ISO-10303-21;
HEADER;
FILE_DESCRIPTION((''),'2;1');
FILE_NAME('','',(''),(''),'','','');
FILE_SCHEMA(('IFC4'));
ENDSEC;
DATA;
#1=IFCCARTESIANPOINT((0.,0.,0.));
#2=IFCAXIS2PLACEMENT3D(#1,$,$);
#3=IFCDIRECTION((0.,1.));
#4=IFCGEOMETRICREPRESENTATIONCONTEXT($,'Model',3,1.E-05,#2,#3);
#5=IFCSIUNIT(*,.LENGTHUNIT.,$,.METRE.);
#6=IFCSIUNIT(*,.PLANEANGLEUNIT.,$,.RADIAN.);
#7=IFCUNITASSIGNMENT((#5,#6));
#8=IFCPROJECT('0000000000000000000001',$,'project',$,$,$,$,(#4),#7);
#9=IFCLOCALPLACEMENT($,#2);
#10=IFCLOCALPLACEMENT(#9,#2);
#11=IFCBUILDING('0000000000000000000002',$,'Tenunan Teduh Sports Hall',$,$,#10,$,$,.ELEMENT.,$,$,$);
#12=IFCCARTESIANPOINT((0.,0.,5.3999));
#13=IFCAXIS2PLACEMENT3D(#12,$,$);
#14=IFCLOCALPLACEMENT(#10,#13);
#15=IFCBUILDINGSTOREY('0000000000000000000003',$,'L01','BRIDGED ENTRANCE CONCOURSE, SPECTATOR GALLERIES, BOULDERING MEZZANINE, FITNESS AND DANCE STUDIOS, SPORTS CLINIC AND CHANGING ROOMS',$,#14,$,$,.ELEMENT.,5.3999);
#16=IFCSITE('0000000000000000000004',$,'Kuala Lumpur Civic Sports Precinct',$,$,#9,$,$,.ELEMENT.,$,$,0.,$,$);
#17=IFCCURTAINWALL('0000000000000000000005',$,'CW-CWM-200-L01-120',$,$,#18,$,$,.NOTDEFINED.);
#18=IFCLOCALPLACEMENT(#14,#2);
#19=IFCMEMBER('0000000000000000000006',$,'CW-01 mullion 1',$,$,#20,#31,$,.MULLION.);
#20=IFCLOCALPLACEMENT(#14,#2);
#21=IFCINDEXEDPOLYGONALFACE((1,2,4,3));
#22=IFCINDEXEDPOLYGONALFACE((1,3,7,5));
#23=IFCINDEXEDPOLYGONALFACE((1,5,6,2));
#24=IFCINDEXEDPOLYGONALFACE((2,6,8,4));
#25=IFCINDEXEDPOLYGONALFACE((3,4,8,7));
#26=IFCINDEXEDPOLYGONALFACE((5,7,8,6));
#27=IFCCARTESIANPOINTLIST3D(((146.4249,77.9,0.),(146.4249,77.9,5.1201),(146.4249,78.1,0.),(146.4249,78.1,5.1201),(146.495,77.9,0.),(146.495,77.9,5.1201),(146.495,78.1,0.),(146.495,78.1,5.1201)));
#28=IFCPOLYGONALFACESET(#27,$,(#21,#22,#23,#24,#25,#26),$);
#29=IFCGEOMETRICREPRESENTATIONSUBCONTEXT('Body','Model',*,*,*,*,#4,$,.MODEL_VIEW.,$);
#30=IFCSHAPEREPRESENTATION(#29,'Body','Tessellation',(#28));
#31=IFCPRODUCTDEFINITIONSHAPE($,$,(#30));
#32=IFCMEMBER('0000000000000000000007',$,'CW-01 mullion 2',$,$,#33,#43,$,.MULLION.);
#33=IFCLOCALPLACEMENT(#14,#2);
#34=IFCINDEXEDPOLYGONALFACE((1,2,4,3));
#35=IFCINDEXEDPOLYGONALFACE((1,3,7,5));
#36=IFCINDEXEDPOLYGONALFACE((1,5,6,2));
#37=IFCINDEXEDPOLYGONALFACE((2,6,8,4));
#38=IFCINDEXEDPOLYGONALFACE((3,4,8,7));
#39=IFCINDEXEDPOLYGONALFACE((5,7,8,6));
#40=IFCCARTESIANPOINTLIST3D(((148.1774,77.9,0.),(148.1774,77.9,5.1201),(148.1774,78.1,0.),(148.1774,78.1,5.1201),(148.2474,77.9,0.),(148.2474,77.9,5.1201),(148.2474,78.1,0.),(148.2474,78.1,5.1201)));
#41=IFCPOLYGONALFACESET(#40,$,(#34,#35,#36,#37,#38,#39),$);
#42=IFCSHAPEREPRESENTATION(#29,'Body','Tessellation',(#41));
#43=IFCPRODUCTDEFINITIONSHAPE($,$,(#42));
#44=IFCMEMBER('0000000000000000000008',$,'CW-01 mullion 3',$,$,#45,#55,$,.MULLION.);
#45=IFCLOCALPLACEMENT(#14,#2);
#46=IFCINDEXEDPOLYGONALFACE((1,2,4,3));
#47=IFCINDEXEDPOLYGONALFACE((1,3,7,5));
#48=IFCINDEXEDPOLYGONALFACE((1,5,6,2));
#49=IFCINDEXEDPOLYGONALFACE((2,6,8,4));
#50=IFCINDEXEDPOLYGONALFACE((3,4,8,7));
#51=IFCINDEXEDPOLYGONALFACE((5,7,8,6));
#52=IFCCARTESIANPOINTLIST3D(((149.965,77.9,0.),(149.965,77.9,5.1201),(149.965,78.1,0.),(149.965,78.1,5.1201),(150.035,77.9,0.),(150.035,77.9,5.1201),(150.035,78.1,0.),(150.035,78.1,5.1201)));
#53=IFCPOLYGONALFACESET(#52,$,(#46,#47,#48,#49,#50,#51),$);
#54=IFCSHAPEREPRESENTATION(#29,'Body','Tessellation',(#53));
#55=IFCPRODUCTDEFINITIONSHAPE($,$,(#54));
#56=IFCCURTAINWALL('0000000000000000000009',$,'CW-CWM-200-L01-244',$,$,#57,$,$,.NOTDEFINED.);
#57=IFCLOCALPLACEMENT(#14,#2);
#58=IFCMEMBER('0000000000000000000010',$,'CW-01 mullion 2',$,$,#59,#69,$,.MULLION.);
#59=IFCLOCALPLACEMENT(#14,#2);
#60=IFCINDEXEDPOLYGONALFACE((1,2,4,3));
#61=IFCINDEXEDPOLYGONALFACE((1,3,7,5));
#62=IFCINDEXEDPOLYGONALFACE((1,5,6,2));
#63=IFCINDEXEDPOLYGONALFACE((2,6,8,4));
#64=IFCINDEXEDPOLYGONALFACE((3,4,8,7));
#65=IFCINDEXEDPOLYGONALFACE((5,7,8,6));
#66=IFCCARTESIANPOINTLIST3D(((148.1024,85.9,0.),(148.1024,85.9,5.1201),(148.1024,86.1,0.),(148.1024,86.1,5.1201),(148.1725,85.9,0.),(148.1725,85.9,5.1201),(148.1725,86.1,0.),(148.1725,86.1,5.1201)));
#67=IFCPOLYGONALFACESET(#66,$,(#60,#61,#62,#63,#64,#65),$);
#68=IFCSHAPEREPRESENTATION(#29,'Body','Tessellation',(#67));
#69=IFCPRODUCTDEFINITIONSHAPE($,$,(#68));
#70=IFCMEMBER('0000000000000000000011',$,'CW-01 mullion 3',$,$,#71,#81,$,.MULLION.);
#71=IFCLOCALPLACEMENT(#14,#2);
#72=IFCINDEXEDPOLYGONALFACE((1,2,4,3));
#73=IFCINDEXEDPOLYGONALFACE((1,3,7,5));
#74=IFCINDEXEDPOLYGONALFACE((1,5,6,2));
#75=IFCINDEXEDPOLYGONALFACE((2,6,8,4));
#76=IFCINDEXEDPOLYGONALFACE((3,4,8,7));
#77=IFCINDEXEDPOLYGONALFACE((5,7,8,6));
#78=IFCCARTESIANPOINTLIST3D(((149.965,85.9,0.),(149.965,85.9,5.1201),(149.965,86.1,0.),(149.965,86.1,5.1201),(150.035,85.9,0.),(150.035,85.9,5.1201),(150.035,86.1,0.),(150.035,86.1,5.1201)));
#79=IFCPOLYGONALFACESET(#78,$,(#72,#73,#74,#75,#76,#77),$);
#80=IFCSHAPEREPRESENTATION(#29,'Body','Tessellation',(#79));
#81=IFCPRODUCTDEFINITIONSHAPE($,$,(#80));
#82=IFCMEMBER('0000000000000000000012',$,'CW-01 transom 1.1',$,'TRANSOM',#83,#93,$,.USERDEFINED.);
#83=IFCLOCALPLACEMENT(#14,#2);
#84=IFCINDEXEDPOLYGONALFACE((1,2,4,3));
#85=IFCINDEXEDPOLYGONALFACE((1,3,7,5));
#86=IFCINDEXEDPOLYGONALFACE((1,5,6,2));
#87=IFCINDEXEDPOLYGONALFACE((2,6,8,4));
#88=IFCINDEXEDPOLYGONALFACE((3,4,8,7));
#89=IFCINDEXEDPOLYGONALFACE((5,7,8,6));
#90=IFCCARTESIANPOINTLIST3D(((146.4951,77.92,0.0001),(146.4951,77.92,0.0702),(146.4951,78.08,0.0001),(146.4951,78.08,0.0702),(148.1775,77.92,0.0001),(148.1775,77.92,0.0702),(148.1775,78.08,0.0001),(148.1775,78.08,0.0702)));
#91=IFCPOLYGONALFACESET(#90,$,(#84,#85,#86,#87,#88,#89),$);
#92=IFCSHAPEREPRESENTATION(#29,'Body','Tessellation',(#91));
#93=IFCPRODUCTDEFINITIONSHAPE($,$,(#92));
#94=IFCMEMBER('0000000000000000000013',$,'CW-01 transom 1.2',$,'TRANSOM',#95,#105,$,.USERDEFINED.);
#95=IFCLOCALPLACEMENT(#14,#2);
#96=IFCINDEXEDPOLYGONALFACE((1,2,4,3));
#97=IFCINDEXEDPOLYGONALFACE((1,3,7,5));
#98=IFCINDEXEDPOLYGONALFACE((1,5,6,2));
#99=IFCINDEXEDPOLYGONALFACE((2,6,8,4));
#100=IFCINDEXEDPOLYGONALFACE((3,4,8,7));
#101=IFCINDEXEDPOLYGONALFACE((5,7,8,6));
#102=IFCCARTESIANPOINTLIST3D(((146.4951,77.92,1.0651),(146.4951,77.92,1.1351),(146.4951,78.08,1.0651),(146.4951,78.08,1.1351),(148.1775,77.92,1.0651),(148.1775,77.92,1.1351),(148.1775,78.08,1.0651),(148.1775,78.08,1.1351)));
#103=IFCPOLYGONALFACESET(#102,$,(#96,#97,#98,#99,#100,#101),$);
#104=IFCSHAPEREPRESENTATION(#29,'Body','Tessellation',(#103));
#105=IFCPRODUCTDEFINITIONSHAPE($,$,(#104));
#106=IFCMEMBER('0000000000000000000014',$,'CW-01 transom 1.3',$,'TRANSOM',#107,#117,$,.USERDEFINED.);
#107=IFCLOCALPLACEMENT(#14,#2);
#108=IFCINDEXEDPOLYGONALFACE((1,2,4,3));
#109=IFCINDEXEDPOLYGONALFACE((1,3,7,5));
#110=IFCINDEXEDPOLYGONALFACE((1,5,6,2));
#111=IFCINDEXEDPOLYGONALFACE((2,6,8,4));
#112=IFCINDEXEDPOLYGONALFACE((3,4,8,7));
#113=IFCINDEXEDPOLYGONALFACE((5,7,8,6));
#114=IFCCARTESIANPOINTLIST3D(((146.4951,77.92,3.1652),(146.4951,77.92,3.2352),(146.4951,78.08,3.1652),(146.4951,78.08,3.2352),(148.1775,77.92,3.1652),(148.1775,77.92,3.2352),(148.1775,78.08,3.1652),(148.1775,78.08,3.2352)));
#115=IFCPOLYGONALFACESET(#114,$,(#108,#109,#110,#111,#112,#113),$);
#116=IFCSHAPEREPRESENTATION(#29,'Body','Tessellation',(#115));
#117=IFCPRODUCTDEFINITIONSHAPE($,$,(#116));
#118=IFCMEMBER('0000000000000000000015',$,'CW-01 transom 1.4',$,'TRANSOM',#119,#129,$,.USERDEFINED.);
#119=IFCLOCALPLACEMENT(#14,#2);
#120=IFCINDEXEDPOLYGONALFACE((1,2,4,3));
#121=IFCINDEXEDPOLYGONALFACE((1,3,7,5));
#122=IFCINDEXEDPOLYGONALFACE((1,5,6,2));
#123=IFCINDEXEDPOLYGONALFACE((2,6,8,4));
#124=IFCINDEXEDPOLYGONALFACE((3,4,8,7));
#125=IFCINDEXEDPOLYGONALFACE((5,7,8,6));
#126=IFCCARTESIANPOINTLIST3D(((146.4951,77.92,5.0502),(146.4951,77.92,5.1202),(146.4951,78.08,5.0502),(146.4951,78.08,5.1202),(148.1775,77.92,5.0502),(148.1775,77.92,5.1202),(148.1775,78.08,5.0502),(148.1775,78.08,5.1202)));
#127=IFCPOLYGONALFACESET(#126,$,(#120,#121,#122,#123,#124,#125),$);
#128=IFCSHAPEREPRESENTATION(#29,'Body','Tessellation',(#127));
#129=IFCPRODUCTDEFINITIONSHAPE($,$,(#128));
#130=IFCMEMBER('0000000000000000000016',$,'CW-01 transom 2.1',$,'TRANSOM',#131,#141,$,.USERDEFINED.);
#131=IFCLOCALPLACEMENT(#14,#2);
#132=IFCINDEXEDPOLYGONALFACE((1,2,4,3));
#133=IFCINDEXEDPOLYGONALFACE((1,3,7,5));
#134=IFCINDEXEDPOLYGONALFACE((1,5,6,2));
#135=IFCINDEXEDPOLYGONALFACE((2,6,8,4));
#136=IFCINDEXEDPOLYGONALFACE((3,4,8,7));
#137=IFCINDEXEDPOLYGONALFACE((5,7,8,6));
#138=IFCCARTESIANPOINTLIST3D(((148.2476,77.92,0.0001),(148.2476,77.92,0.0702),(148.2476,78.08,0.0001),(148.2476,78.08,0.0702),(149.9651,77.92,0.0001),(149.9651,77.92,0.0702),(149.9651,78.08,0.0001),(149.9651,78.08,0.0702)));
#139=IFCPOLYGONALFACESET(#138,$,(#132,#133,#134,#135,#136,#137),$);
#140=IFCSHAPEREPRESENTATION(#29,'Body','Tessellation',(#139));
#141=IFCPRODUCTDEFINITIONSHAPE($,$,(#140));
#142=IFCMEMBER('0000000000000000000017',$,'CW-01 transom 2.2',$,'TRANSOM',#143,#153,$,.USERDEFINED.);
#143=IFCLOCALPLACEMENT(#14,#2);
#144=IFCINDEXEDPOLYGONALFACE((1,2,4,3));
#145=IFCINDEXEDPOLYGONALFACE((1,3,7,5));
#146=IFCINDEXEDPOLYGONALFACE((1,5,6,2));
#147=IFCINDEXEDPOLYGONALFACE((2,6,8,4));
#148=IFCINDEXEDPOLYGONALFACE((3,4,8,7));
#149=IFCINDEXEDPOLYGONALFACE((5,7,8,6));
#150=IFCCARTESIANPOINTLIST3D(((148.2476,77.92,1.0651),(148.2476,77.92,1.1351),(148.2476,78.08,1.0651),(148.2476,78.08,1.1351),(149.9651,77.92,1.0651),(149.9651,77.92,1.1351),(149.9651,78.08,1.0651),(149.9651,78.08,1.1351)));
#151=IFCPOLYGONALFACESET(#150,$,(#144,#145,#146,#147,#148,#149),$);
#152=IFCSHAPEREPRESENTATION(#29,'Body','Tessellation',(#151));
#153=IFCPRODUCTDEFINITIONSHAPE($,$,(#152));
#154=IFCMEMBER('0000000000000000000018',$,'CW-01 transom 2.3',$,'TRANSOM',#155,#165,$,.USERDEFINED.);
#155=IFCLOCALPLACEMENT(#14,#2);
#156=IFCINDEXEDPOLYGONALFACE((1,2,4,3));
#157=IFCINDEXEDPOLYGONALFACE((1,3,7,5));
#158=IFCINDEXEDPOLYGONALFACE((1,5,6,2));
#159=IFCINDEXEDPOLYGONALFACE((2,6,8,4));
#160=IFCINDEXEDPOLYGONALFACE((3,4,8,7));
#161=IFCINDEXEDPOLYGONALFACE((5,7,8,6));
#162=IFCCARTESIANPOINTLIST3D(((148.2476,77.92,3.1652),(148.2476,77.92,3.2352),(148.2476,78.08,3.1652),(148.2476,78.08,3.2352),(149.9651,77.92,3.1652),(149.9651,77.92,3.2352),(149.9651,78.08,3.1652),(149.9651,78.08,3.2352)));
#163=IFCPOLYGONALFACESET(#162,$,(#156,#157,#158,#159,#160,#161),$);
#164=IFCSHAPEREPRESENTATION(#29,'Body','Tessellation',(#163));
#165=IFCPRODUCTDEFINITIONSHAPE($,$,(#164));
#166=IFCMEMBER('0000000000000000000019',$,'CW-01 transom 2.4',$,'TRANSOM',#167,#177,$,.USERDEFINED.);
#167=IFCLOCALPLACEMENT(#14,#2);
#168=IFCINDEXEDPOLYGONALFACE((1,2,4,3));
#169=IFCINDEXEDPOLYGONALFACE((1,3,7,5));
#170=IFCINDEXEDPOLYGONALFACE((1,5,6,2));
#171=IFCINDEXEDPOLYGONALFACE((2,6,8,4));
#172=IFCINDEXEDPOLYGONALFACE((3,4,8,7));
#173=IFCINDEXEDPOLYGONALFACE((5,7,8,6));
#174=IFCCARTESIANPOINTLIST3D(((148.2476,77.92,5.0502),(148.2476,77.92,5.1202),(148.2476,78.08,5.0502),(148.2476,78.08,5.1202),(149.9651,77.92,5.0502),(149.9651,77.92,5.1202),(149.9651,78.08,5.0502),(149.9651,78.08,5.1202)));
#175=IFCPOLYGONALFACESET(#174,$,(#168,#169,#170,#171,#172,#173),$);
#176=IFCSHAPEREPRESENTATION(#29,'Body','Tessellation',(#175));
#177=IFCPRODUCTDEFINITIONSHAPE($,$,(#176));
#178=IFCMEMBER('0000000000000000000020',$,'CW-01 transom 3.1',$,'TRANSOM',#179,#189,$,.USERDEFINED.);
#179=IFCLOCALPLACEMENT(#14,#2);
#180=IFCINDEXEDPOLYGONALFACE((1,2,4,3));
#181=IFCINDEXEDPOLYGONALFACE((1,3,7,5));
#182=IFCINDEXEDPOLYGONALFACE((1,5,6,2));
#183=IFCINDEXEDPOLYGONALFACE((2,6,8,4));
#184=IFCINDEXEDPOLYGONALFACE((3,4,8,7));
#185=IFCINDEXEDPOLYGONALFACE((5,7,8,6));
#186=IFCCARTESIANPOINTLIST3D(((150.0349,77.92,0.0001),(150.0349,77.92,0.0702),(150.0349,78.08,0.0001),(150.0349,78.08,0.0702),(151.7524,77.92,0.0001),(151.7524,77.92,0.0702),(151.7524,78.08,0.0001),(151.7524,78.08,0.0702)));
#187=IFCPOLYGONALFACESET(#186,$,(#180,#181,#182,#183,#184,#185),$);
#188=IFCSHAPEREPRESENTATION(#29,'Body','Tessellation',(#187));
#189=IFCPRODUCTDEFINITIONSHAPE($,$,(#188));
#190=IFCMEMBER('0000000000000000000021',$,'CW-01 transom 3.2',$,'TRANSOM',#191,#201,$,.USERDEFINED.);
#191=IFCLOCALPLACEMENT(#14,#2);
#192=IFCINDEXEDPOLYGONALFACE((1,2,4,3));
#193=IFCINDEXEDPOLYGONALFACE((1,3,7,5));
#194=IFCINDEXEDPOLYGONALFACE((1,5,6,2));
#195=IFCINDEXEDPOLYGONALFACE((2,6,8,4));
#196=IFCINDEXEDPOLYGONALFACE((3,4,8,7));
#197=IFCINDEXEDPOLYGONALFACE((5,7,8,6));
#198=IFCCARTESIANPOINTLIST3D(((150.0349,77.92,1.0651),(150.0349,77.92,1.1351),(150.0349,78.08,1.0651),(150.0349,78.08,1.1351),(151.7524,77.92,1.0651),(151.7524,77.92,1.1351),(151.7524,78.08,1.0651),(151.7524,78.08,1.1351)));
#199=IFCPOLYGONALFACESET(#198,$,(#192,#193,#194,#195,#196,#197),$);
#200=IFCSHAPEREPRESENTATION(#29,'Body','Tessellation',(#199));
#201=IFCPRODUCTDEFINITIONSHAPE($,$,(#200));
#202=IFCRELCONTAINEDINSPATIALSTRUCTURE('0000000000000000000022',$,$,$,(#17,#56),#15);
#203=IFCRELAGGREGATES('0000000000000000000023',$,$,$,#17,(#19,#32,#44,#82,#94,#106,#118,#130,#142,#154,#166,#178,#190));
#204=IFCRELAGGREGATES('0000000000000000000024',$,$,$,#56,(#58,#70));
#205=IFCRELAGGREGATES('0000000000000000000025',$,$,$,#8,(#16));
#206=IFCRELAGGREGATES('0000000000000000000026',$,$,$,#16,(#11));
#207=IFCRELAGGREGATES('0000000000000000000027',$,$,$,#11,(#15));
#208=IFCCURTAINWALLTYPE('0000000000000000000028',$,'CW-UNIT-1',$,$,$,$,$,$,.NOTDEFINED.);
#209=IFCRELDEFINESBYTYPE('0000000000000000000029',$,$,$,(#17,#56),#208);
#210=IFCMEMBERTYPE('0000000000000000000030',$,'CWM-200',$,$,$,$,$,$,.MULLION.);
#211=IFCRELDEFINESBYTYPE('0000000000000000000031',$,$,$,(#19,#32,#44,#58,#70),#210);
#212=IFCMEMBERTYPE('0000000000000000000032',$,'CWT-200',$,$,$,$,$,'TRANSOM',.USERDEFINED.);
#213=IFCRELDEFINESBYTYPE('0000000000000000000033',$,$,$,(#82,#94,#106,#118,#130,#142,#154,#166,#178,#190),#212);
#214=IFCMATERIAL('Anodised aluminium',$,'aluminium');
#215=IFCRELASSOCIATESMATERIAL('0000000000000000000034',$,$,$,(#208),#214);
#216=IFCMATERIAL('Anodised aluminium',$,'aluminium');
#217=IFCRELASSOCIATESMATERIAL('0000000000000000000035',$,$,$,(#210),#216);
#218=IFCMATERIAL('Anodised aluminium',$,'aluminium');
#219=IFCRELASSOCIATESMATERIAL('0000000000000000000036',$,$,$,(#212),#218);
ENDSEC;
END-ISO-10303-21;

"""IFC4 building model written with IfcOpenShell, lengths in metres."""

from ifc_helpers import new_model, si_unit, direction, frame, origin, origin_2d, place, context, subcontext, project, spatial, rectangle, extrude, material, material_profile, profile_set, type_object, element, aggregate, save


model = new_model("IFC4")

# Units and contexts
model_context = context("Model", 3, precision=1e-05, world=origin(), true_north=direction((0.0, 1.0)))
body_context = subcontext(model_context, "Body", "Model", "MODEL_VIEW")
ifc_project = project(units=[si_unit("LENGTHUNIT", "METRE"), si_unit("PLANEANGLEUNIT", "RADIAN")], contexts=[model_context])

# Site, building, storey
site_placement = place(None, origin())
site = spatial("IfcSite", under=ifc_project, at=site_placement, Name="Kuala Lumpur Civic Sports Precinct", CompositionType="ELEMENT", RefElevation=0.0)
building_placement = place(site_placement, origin())
building = spatial("IfcBuilding", under=site, at=building_placement, Name="Tenunan Teduh Sports Hall", CompositionType="ELEMENT")
storey_placement = place(building_placement, frame((0.0, 0.0, 5.3999)))
storey = spatial("IfcBuildingStorey", under=building, at=storey_placement, Name="L01", Description="BRIDGED ENTRANCE CONCOURSE, SPECTATOR GALLERIES, BOULDERING MEZZANINE, FITNESS AND DANCE STUDIOS, SPORTS CLINIC AND CHANGING ROOMS", CompositionType="ELEMENT", Elevation=5.3999)

# Curtain walls, members
ifc_material_1 = material(Name="Anodised aluminium", Category="aluminium")
curtain_wall_type = type_object("IfcCurtainWallType", Name="CW-UNIT-1", PredefinedType="NOTDEFINED", material=ifc_material_1)
curtain_wall_1_placement = place(storey_placement, origin())
curtain_wall_1 = element("IfcCurtainWall", 1, at=curtain_wall_1_placement, inside=storey, type_object=curtain_wall_type, Name="CW-CWM-200-L01-120", PredefinedType="NOTDEFINED")
ifc_material_2 = material(Name="Anodised aluminium", Category="aluminium")
ifc_material_profile_1 = material_profile(ifc_material_2, rectangle(XDim=0.0701, YDim=0.2, at=origin_2d()), Name="CWM 70x200")
ifc_profile_set_1 = profile_set([ifc_material_profile_1], Name="Anodised aluminium")
member_type_1 = type_object("IfcMemberType", Name="CWM-200", PredefinedType="MULLION", material=ifc_profile_set_1)
member_1_placement = place(storey_placement, frame((146.46, 78.0, 0.0), z_axis=(0.0, 0.0, 1.0), x_axis=(1.0, 0.0, 0.0)))
member_1 = element("IfcMember", 2, at=member_1_placement, type_object=member_type_1, Name="CW-01 mullion 1", PredefinedType="MULLION", context=body_context, shape_type="SweptSolid", body=[
    extrude(rectangle(XDim=0.0701, YDim=0.2, at=origin_2d()), origin(), (0.0, 0.0, 1.0), 5.1201),
])
member_2_placement = place(storey_placement, frame((148.2124, 78.0, 0.0), z_axis=(0.0, 0.0, 1.0), x_axis=(1.0, 0.0, 0.0)))
member_2 = element("IfcMember", 3, at=member_2_placement, type_object=member_type_1, Name="CW-01 mullion 2", PredefinedType="MULLION", context=body_context, shape_type="SweptSolid", body=[
    extrude(rectangle(XDim=0.0701, YDim=0.2, at=origin_2d()), origin(), (0.0, 0.0, 1.0), 5.1201),
])
member_3_placement = place(storey_placement, frame((150.0, 78.0, 0.0), z_axis=(0.0, 0.0, 1.0), x_axis=(1.0, 0.0, 0.0)))
member_3 = element("IfcMember", 4, at=member_3_placement, type_object=member_type_1, Name="CW-01 mullion 3", PredefinedType="MULLION", context=body_context, shape_type="SweptSolid", body=[
    extrude(rectangle(XDim=0.0701, YDim=0.2, at=origin_2d()), origin(), (0.0, 0.0, 1.0), 5.1201),
])
curtain_wall_2_placement = place(storey_placement, origin())
curtain_wall_2 = element("IfcCurtainWall", 5, at=curtain_wall_2_placement, inside=storey, type_object=curtain_wall_type, Name="CW-CWM-200-L01-244", PredefinedType="NOTDEFINED")
member_4_placement = place(storey_placement, frame((148.1375, 86.0, 0.0), z_axis=(0.0, 0.0, 1.0), x_axis=(1.0, 0.0, 0.0)))
member_4 = element("IfcMember", 6, at=member_4_placement, type_object=member_type_1, Name="CW-01 mullion 2", PredefinedType="MULLION", context=body_context, shape_type="SweptSolid", body=[
    extrude(rectangle(XDim=0.0701, YDim=0.2, at=origin_2d()), origin(), (0.0, 0.0, 1.0), 5.1201),
])
member_5_placement = place(storey_placement, frame((150.0, 86.0, 0.0), z_axis=(0.0, 0.0, 1.0), x_axis=(1.0, 0.0, 0.0)))
member_5 = element("IfcMember", 7, at=member_5_placement, type_object=member_type_1, Name="CW-01 mullion 3", PredefinedType="MULLION", context=body_context, shape_type="SweptSolid", body=[
    extrude(rectangle(XDim=0.0701, YDim=0.2, at=origin_2d()), origin(), (0.0, 0.0, 1.0), 5.1201),
])

# Members
ifc_material_3 = material(Name="Anodised aluminium", Category="aluminium")
ifc_material_profile_2 = material_profile(ifc_material_3, rectangle(XDim=0.0701, YDim=0.1599, at=origin_2d()), Name="CWT 70x160")
ifc_profile_set_2 = profile_set([ifc_material_profile_2], Name="Anodised aluminium")
member_type_2 = type_object("IfcMemberType", Name="CWT-200", ElementType="TRANSOM", PredefinedType="USERDEFINED", material=ifc_profile_set_2)
member_6_placement = place(storey_placement, frame((146.4951, 78.0, 0.0352), z_axis=(1.0, 0.0, 0.0), x_axis=(0.0, 0.0, 1.0)))
member_6 = element("IfcMember", 8, at=member_6_placement, type_object=member_type_2, Name="CW-01 transom 1.1", ObjectType="TRANSOM", PredefinedType="USERDEFINED", context=body_context, shape_type="SweptSolid", body=[
    extrude(rectangle(XDim=0.0701, YDim=0.1599, at=origin_2d()), origin(), (0.0, 0.0, 1.0), 1.6824),
])
member_7_placement = place(storey_placement, frame((146.4951, 78.0, 1.1001), z_axis=(1.0, 0.0, 0.0), x_axis=(0.0, 0.0, 1.0)))
member_7 = element("IfcMember", 9, at=member_7_placement, type_object=member_type_2, Name="CW-01 transom 1.2", ObjectType="TRANSOM", PredefinedType="USERDEFINED", context=body_context, shape_type="SweptSolid", body=[
    extrude(rectangle(XDim=0.0701, YDim=0.1599, at=origin_2d()), origin(), (0.0, 0.0, 1.0), 1.6824),
])
member_8_placement = place(storey_placement, frame((146.4951, 78.0, 3.2002), z_axis=(1.0, 0.0, 0.0), x_axis=(0.0, 0.0, 1.0)))
member_8 = element("IfcMember", 10, at=member_8_placement, type_object=member_type_2, Name="CW-01 transom 1.3", ObjectType="TRANSOM", PredefinedType="USERDEFINED", context=body_context, shape_type="SweptSolid", body=[
    extrude(rectangle(XDim=0.0701, YDim=0.1599, at=origin_2d()), origin(), (0.0, 0.0, 1.0), 1.6824),
])
member_9_placement = place(storey_placement, frame((146.4951, 78.0, 5.0852), z_axis=(1.0, 0.0, 0.0), x_axis=(0.0, 0.0, 1.0)))
member_9 = element("IfcMember", 11, at=member_9_placement, type_object=member_type_2, Name="CW-01 transom 1.4", ObjectType="TRANSOM", PredefinedType="USERDEFINED", context=body_context, shape_type="SweptSolid", body=[
    extrude(rectangle(XDim=0.0701, YDim=0.1599, at=origin_2d()), origin(), (0.0, 0.0, 1.0), 1.6824),
])
member_10_placement = place(storey_placement, frame((148.2476, 78.0, 0.0352), z_axis=(1.0, 0.0, 0.0), x_axis=(0.0, 0.0, 1.0)))
member_10 = element("IfcMember", 12, at=member_10_placement, type_object=member_type_2, Name="CW-01 transom 2.1", ObjectType="TRANSOM", PredefinedType="USERDEFINED", context=body_context, shape_type="SweptSolid", body=[
    extrude(rectangle(XDim=0.0701, YDim=0.1599, at=origin_2d()), origin(), (0.0, 0.0, 1.0), 1.7175),
])
member_11_placement = place(storey_placement, frame((148.2476, 78.0, 1.1001), z_axis=(1.0, 0.0, 0.0), x_axis=(0.0, 0.0, 1.0)))
member_11 = element("IfcMember", 13, at=member_11_placement, type_object=member_type_2, Name="CW-01 transom 2.2", ObjectType="TRANSOM", PredefinedType="USERDEFINED", context=body_context, shape_type="SweptSolid", body=[
    extrude(rectangle(XDim=0.0701, YDim=0.1599, at=origin_2d()), origin(), (0.0, 0.0, 1.0), 1.7175),
])
member_12_placement = place(storey_placement, frame((148.2476, 78.0, 3.2002), z_axis=(1.0, 0.0, 0.0), x_axis=(0.0, 0.0, 1.0)))
member_12 = element("IfcMember", 14, at=member_12_placement, type_object=member_type_2, Name="CW-01 transom 2.3", ObjectType="TRANSOM", PredefinedType="USERDEFINED", context=body_context, shape_type="SweptSolid", body=[
    extrude(rectangle(XDim=0.0701, YDim=0.1599, at=origin_2d()), origin(), (0.0, 0.0, 1.0), 1.7175),
])
member_13_placement = place(storey_placement, frame((148.2476, 78.0, 5.0852), z_axis=(1.0, 0.0, 0.0), x_axis=(0.0, 0.0, 1.0)))
member_13 = element("IfcMember", 15, at=member_13_placement, type_object=member_type_2, Name="CW-01 transom 2.4", ObjectType="TRANSOM", PredefinedType="USERDEFINED", context=body_context, shape_type="SweptSolid", body=[
    extrude(rectangle(XDim=0.0701, YDim=0.1599, at=origin_2d()), origin(), (0.0, 0.0, 1.0), 1.7175),
])
member_14_placement = place(storey_placement, frame((150.0349, 78.0, 0.0352), z_axis=(1.0, 0.0, 0.0), x_axis=(0.0, 0.0, 1.0)))
member_14 = element("IfcMember", 16, at=member_14_placement, type_object=member_type_2, Name="CW-01 transom 3.1", ObjectType="TRANSOM", PredefinedType="USERDEFINED", context=body_context, shape_type="SweptSolid", body=[
    extrude(rectangle(XDim=0.0701, YDim=0.1599, at=origin_2d()), origin(), (0.0, 0.0, 1.0), 1.7175),
])
member_15_placement = place(storey_placement, frame((150.0349, 78.0, 1.1001), z_axis=(1.0, 0.0, 0.0), x_axis=(0.0, 0.0, 1.0)))
member_15 = element("IfcMember", 17, at=member_15_placement, type_object=member_type_2, Name="CW-01 transom 3.2", ObjectType="TRANSOM", PredefinedType="USERDEFINED", context=body_context, shape_type="SweptSolid", body=[
    extrude(rectangle(XDim=0.0701, YDim=0.1599, at=origin_2d()), origin(), (0.0, 0.0, 1.0), 1.7175),
])

aggregate(curtain_wall_1, [member_1, member_2, member_3, member_6, member_7, member_8, member_9, member_10, member_11, member_12, member_13, member_14, member_15])
aggregate(curtain_wall_2, [member_4, member_5])

save(model, "model.ifc")
